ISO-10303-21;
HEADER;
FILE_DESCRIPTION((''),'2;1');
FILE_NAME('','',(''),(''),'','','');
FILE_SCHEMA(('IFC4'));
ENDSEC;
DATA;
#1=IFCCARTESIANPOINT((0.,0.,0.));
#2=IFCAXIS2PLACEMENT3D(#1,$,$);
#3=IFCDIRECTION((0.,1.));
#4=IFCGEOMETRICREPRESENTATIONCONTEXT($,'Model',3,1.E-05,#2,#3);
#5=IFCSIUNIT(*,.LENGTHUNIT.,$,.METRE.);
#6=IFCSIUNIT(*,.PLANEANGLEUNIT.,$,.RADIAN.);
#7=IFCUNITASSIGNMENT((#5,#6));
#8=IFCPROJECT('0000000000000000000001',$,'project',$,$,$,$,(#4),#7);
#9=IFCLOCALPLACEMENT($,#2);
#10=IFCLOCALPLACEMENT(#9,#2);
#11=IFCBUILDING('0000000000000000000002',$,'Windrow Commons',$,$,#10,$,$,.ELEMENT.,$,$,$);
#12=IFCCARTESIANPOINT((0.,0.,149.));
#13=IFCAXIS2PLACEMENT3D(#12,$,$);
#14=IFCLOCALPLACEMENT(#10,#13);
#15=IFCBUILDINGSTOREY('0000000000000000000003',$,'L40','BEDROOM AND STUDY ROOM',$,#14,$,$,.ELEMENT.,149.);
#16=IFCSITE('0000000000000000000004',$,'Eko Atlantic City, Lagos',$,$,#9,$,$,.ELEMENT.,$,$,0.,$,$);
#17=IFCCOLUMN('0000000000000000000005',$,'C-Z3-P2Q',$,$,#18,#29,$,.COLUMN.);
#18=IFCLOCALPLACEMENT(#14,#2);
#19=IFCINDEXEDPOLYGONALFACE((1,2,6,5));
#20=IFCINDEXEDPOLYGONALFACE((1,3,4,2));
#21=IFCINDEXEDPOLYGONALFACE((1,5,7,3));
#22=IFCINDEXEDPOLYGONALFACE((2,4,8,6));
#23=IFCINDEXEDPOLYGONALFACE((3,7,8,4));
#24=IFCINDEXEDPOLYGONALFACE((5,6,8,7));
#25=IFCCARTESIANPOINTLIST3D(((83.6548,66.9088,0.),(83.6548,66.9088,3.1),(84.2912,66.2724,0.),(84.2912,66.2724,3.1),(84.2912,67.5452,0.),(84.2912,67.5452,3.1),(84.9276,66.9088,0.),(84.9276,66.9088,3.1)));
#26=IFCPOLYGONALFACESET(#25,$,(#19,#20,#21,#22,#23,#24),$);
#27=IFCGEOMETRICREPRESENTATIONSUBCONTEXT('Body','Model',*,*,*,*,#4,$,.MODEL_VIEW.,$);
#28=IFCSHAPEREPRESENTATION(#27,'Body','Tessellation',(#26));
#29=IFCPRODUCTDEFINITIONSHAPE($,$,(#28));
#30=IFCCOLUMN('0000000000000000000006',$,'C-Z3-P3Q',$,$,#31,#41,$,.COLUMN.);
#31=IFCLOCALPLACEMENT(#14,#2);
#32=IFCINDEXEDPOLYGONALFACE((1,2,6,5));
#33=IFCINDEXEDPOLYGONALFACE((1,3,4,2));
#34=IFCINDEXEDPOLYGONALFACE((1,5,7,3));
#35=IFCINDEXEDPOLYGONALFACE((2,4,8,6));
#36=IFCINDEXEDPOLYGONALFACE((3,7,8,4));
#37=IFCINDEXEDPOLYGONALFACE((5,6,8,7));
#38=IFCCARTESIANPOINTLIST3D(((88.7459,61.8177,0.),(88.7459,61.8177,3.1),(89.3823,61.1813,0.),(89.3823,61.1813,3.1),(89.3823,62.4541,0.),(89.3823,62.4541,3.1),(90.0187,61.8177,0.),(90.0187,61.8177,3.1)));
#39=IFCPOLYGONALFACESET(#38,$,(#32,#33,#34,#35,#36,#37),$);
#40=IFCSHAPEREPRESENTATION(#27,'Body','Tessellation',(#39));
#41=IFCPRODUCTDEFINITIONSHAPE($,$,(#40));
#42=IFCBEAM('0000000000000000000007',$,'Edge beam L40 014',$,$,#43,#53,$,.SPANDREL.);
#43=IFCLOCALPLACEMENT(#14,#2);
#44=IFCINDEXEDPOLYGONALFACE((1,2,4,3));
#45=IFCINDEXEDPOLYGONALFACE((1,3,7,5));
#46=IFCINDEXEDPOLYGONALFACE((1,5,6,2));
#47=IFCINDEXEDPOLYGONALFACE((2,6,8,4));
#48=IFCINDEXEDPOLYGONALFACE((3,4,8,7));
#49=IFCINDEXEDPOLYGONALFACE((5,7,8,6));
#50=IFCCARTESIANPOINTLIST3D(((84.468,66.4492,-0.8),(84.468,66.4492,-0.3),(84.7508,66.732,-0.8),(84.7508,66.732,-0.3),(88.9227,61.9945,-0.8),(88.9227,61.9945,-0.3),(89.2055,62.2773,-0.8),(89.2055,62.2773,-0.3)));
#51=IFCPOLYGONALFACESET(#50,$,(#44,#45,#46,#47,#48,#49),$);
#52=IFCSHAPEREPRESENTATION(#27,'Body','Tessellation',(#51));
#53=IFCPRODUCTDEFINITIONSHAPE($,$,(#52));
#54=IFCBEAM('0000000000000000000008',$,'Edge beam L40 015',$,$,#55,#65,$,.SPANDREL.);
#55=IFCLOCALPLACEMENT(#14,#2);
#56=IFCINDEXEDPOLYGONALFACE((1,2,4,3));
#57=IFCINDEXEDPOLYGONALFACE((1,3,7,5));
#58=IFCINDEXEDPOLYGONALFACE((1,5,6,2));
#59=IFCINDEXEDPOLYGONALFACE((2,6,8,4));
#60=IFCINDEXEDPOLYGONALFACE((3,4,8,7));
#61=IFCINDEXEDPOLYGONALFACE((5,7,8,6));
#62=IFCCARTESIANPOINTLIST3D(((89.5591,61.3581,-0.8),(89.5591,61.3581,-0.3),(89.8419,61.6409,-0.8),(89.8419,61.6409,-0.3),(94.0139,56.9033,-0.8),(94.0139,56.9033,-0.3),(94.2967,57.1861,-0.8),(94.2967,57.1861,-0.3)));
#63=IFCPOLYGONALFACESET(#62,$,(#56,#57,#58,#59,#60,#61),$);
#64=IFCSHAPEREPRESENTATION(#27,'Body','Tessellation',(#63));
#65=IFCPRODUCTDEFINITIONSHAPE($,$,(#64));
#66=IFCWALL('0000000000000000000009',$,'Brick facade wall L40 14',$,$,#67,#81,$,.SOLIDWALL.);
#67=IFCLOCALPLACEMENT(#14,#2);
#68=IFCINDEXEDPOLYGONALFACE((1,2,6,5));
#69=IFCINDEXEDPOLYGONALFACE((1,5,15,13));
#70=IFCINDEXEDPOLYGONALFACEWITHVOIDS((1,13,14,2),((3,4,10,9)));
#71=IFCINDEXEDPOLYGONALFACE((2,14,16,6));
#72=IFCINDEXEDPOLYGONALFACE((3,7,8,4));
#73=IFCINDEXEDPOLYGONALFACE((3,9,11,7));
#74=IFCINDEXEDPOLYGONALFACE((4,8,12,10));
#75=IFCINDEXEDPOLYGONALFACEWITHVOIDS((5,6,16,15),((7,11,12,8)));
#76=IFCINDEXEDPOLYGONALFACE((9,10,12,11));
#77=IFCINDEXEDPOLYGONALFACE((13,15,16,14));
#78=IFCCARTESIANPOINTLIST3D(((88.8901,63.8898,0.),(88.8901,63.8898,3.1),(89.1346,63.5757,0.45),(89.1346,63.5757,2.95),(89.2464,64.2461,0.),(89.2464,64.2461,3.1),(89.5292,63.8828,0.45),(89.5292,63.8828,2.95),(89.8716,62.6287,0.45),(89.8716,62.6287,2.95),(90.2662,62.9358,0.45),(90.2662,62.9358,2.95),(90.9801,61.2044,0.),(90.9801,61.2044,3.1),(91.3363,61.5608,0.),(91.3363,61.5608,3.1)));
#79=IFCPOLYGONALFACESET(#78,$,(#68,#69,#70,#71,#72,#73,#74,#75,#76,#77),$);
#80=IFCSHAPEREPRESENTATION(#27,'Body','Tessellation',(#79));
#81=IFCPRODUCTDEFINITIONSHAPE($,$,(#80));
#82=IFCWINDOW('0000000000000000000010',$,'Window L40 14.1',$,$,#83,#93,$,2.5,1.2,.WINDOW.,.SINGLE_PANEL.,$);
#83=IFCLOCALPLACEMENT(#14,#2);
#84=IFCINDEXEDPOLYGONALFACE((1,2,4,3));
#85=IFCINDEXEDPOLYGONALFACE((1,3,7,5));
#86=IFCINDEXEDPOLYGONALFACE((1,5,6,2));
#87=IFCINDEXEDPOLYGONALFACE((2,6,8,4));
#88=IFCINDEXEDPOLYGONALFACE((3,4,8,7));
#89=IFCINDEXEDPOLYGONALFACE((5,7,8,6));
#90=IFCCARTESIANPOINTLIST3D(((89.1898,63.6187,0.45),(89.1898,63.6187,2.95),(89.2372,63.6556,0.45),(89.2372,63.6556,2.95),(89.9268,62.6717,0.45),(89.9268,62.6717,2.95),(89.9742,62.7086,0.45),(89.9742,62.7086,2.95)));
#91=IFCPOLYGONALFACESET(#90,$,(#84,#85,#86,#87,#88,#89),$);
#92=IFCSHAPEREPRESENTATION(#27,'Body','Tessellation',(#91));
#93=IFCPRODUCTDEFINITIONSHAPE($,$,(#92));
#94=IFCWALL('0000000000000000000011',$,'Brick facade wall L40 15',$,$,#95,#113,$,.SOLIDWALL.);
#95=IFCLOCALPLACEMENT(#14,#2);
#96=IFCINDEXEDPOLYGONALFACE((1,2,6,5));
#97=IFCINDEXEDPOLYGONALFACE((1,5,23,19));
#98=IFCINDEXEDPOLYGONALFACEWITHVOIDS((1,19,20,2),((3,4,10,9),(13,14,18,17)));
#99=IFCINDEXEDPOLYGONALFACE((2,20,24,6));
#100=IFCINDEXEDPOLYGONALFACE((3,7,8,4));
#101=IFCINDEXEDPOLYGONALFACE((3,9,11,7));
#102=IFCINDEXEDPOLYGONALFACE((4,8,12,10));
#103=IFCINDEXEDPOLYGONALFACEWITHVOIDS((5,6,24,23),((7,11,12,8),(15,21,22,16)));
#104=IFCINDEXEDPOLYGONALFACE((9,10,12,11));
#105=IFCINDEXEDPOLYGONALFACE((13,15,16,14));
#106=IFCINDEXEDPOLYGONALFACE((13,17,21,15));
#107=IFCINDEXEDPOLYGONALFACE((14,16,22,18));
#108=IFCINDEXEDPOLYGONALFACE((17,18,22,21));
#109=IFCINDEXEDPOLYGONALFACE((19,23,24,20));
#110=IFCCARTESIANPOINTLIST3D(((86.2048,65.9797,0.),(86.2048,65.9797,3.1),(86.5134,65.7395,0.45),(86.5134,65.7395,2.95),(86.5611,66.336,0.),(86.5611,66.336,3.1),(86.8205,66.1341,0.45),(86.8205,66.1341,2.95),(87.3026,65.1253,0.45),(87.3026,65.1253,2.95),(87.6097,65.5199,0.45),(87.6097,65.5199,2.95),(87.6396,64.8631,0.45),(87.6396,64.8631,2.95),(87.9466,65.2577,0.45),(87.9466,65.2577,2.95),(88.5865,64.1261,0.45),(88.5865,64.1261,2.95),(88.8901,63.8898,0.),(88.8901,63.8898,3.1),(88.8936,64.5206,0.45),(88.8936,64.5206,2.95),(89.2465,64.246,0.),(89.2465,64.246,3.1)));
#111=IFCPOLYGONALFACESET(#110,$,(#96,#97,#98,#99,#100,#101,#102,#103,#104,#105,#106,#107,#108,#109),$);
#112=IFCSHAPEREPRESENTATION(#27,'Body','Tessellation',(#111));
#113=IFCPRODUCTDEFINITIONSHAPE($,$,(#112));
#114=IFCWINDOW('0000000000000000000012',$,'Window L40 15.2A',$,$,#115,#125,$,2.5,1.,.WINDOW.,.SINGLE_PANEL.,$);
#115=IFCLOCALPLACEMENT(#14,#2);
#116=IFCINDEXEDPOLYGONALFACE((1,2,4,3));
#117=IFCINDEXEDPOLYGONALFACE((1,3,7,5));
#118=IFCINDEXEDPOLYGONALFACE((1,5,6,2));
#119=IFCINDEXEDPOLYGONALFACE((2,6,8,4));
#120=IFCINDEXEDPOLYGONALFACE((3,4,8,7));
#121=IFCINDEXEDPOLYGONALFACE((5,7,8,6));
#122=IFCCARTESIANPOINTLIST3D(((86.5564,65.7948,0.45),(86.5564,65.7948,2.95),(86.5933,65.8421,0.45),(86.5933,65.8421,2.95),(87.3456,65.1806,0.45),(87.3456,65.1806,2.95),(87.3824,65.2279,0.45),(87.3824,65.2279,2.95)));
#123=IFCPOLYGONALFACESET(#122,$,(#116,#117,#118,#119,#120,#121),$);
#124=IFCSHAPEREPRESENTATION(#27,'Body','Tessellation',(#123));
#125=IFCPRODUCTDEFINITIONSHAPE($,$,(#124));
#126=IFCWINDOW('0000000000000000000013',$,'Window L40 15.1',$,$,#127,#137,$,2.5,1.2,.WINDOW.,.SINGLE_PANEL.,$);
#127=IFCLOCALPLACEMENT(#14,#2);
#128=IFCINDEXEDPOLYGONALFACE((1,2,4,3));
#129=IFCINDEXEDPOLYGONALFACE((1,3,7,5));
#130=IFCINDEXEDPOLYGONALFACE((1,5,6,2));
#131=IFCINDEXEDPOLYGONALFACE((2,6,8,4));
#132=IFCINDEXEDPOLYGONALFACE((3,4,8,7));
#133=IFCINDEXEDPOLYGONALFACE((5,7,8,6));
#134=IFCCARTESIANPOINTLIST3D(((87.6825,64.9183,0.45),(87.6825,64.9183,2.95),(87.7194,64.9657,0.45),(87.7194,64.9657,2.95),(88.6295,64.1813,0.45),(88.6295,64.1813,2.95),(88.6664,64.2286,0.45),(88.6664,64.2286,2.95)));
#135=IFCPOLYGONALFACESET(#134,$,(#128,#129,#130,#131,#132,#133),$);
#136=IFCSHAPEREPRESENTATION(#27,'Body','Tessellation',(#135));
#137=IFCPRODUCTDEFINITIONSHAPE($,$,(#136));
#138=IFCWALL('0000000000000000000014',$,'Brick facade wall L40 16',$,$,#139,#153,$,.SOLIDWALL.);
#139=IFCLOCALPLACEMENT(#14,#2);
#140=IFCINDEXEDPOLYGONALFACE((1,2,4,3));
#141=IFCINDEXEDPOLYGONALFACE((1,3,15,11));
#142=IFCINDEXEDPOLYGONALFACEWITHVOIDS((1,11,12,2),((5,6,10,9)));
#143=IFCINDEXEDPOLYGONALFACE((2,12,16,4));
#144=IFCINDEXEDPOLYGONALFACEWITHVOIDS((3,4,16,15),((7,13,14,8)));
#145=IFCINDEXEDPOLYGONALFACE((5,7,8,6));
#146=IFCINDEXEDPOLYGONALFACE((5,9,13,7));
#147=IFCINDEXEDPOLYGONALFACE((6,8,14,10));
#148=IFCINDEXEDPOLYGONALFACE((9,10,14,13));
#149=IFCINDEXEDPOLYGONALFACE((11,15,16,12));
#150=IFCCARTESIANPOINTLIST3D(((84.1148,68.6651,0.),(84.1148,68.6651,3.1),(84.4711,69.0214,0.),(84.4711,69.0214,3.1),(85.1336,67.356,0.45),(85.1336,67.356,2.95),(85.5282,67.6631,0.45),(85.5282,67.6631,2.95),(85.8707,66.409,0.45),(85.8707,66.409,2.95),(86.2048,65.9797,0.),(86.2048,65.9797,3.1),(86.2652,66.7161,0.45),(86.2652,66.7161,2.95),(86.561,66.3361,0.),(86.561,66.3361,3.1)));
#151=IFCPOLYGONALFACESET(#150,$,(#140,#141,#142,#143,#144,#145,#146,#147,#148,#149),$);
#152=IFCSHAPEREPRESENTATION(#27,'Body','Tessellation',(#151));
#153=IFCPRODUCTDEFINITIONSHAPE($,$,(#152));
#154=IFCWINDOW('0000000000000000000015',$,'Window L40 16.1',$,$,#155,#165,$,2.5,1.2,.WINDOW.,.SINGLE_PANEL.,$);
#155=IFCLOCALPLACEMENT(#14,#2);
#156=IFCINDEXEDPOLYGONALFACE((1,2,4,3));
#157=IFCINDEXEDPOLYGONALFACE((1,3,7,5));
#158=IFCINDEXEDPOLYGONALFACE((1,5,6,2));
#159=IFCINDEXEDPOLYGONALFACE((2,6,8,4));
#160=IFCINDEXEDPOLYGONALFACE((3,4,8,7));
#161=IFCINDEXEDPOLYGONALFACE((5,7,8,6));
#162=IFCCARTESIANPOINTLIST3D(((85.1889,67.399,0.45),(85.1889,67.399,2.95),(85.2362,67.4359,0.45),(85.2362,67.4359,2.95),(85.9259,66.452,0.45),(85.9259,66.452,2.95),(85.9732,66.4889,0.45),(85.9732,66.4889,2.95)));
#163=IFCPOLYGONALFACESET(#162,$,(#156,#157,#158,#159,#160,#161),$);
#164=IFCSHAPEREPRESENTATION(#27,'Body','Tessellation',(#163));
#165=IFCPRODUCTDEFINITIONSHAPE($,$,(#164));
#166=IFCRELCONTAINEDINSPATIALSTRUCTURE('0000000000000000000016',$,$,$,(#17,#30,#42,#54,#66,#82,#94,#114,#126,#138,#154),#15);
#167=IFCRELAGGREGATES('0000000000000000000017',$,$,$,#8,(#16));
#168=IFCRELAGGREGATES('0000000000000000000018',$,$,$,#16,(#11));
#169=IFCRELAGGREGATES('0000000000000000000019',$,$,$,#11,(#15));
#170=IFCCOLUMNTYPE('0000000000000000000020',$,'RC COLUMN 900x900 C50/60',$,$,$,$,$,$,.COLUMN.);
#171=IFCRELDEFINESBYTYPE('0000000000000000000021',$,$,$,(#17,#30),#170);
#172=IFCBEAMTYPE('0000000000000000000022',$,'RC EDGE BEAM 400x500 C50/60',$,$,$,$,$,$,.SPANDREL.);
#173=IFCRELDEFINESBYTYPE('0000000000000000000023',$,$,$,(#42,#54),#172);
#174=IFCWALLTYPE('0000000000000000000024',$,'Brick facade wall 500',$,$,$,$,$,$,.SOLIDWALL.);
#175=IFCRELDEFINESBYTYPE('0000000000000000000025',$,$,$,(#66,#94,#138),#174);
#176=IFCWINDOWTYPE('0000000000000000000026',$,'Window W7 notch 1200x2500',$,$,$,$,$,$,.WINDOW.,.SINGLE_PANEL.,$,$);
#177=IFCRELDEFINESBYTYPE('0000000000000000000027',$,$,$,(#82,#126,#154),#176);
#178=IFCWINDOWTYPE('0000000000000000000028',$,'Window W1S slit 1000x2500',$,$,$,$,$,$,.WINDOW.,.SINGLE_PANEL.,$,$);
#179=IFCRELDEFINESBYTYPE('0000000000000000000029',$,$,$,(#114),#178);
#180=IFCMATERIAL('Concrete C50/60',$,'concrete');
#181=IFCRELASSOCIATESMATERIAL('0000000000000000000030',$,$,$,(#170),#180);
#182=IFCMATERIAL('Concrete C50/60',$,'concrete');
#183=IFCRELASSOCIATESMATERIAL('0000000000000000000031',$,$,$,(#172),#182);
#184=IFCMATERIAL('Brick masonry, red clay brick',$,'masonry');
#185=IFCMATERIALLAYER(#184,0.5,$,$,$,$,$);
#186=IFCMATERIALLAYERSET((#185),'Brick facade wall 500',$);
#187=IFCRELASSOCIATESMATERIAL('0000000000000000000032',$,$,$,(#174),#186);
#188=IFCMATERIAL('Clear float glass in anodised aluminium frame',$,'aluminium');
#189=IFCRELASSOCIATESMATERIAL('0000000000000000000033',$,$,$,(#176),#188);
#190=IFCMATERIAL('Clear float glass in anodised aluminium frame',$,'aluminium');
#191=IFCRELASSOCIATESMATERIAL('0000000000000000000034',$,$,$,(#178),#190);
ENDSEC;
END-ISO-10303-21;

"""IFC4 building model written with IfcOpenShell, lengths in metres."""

from ifc_helpers import new_model, si_unit, direction, frame, frame_2d, origin, origin_2d, place, context, subcontext, project, spatial, polyline, rectangle, outline, extrude, material, layer, layer_set, material_profile, profile_set, type_object, element, fill, save


model = new_model("IFC4")

# Units and contexts
model_context = context("Model", 3, precision=1e-05, world=origin(), true_north=direction((0.0, 1.0)))
body_context = subcontext(model_context, "Body", "Model", "MODEL_VIEW")
ifc_project = project(units=[si_unit("LENGTHUNIT", "METRE"), si_unit("PLANEANGLEUNIT", "RADIAN")], contexts=[model_context])

# Site, building, storey
site_placement = place(None, origin())
site = spatial("IfcSite", under=ifc_project, at=site_placement, Name="Eko Atlantic City, Lagos", CompositionType="ELEMENT", RefElevation=0.0)
building_placement = place(site_placement, origin())
building = spatial("IfcBuilding", under=site, at=building_placement, Name="Windrow Commons", CompositionType="ELEMENT")
storey_placement = place(building_placement, frame((0.0, 0.0, 149.0)))
storey = spatial("IfcBuildingStorey", under=building, at=storey_placement, Name="L40", Description="BEDROOM AND STUDY ROOM", CompositionType="ELEMENT", Elevation=149.0)

# Columns
ifc_material_1 = material(Name="Concrete C50/60", Category="concrete")
ifc_material_profile_1 = material_profile(ifc_material_1, rectangle(XDim=0.9, YDim=0.9, at=origin_2d()))
ifc_profile_set_1 = profile_set([ifc_material_profile_1], Name="Concrete C50/60")
column_type = type_object("IfcColumnType", Name="RC COLUMN 900x900 C50/60", PredefinedType="COLUMN", material=ifc_profile_set_1)
for number, where, z_axis, x_axis, name in (
    (1, (84.2912, 66.9088, 0.0), (0.0, 0.0, 1.0), (0.707107, -0.707107, 0.0), "C-Z3-P2Q"),
    (2, (89.3823, 61.8177, 0.0), (0.0, 0.0, 1.0), (0.707107, -0.707107, 0.0), "C-Z3-P3Q"),
):
    element("IfcColumn", number, at=place(storey_placement, frame(where, z_axis=z_axis, x_axis=x_axis)), inside=storey, type_object=column_type, Name=name, PredefinedType="COLUMN", context=body_context, shape_type="SweptSolid", body=[
        extrude(rectangle(XDim=0.9, YDim=0.9, at=origin_2d()), origin(), (0.0, 0.0, 1.0), 3.1),
    ])

# Beams
ifc_material_2 = material(Name="Concrete C50/60", Category="concrete")
ifc_material_profile_2 = material_profile(ifc_material_2, rectangle(XDim=0.4, YDim=0.5, at=origin_2d()))
ifc_profile_set_2 = profile_set([ifc_material_profile_2], Name="Concrete C50/60")
beam_type = type_object("IfcBeamType", Name="RC EDGE BEAM 400x500 C50/60", PredefinedType="SPANDREL", material=ifc_profile_set_2)
beam_1_placement = place(storey_placement, frame((84.6094, 66.5906, -0.55), z_axis=(0.707107, -0.707107, 0.0), x_axis=(0.707107, 0.707107, 0.0)))
element("IfcBeam", 3, at=beam_1_placement, inside=storey, type_object=beam_type, Name="Edge beam L40 014", PredefinedType="SPANDREL", context=body_context, shape_type="SweptSolid", body=[
    extrude(rectangle(XDim=0.4, YDim=0.5, at=origin_2d()), origin(), (0.0, 0.0, 1.0), 6.2999),
])
beam_2_placement = place(storey_placement, frame((89.7005, 61.4995, -0.55), z_axis=(0.707107, -0.707107, 0.0), x_axis=(0.707107, 0.707107, 0.0)))
element("IfcBeam", 4, at=beam_2_placement, inside=storey, type_object=beam_type, Name="Edge beam L40 015", PredefinedType="SPANDREL", context=body_context, shape_type="SweptSolid", body=[
    extrude(rectangle(XDim=0.4, YDim=0.5, at=origin_2d()), origin(), (0.0, 0.0, 1.0), 6.3),
])

# Wall, opening, window
ifc_material_3 = material(Name="Brick masonry, red clay brick", Category="masonry")
ifc_layer_1 = layer(ifc_material_3, 0.5)
ifc_layer_set_1 = layer_set([ifc_layer_1], Name="Brick facade wall 500")
wall_type_1 = type_object("IfcWallType", Name="Brick facade wall 500", PredefinedType="SOLIDWALL", material=ifc_layer_set_1)
wall_1_placement = place(storey_placement, frame((91.1582, 61.3826, 0.0), z_axis=(0.0, 0.0, 1.0), x_axis=(-0.614185, 0.789162, 0.0)))
wall_1 = element("IfcWall", 5, at=wall_1_placement, inside=storey, type_object=wall_type_1, Name="Brick facade wall L40 14", PredefinedType="SOLIDWALL", context=body_context, shape_type="SweptSolid", body=[
    extrude(outline(polyline([(0.0312, -0.25), (3.434, -0.25), (3.3716, 0.25), (-0.0312, 0.25), (0.0312, -0.25)])), origin(), (0.0, 0.0, 1.0), 3.1),
])
opening_1_placement = place(wall_1_placement, frame((1.7736, 0.0, 0.45)))
opening_1 = element("IfcOpeningElement", 6, at=opening_1_placement, cuts=wall_1, PredefinedType="OPENING", context=body_context, shape_type="SweptSolid", body=[
    extrude(rectangle(XDim=1.2, YDim=2.5, at=frame_2d((0.6, 1.25))), frame((0.0, 0.26, 0.0), z_axis=(0.0, -1.0, 0.0), x_axis=(1.0, 0.0, 0.0)), (0.0, 0.0, 1.0), 0.52),
])
ifc_material_4 = material(Name="Clear float glass in anodised aluminium frame", Category="aluminium")
window_type_1 = type_object("IfcWindowType", Name="Window W7 notch 1200x2500", PartitioningType="SINGLE_PANEL", PredefinedType="WINDOW", material=ifc_material_4)
window_1_placement = place(opening_1_placement, origin())
window_1 = element("IfcWindow", 7, at=window_1_placement, inside=storey, type_object=window_type_1, Name="Window L40 14.1", OverallHeight=2.5, OverallWidth=1.2, PartitioningType="SINGLE_PANEL", PredefinedType="WINDOW", context=body_context, shape_type="SweptSolid", body=[
    extrude(rectangle(XDim=1.2, YDim=2.5, at=frame_2d((0.6, 1.25))), frame((0.0, 0.18, 0.0), z_axis=(0.0, -1.0, 0.0), x_axis=(1.0, 0.0, 0.0)), (0.0, 0.0, 1.0), 0.06),
])
fill(opening_1, window_1)

# Wall, openings, windows
wall_2_placement = place(storey_placement, frame((89.0683, 64.0679, 0.0), z_axis=(0.0, 0.0, 1.0), x_axis=(-0.789159, 0.614189, 0.0)))
wall_2 = element("IfcWall", 8, at=wall_2_placement, inside=storey, type_object=wall_type_1, Name="Brick facade wall L40 15", PredefinedType="SOLIDWALL", context=body_context, shape_type="SweptSolid", body=[
    extrude(outline(polyline([(-0.0312, -0.25), (3.3716, -0.25), (3.434, 0.25), (0.0312, 0.25), (-0.0312, -0.25)])), origin(), (0.0, 0.0, 1.0), 3.1),
])
opening_2_placement = place(wall_2_placement, frame((0.4159, 0.0, 0.45)))
opening_2 = element("IfcOpeningElement", 9, at=opening_2_placement, cuts=wall_2, PredefinedType="OPENING", context=body_context, shape_type="SweptSolid", body=[
    extrude(rectangle(XDim=1.2, YDim=2.5, at=frame_2d((0.6, 1.25))), frame((0.0, 0.26, 0.0), z_axis=(0.0, -1.0, 0.0), x_axis=(1.0, 0.0, 0.0)), (0.0, 0.0, 1.0), 0.52),
])
opening_3_placement = place(wall_2_placement, frame((2.0429, 0.0, 0.45)))
opening_3 = element("IfcOpeningElement", 10, at=opening_3_placement, cuts=wall_2, PredefinedType="OPENING", context=body_context, shape_type="SweptSolid", body=[
    extrude(rectangle(XDim=1.0, YDim=2.5, at=frame_2d((0.5, 1.25))), frame((0.0, 0.26, 0.0), z_axis=(0.0, -1.0, 0.0), x_axis=(1.0, 0.0, 0.0)), (0.0, 0.0, 1.0), 0.52),
])
ifc_material_5 = material(Name="Clear float glass in anodised aluminium frame", Category="aluminium")
window_type_2 = type_object("IfcWindowType", Name="Window W1S slit 1000x2500", PartitioningType="SINGLE_PANEL", PredefinedType="WINDOW", material=ifc_material_5)
window_2_placement = place(opening_3_placement, origin())
window_2 = element("IfcWindow", 11, at=window_2_placement, inside=storey, type_object=window_type_2, Name="Window L40 15.2A", OverallHeight=2.5, OverallWidth=1.0, PartitioningType="SINGLE_PANEL", PredefinedType="WINDOW", context=body_context, shape_type="SweptSolid", body=[
    extrude(rectangle(XDim=1.0, YDim=2.5, at=frame_2d((0.5, 1.25))), frame((0.0, 0.18, 0.0), z_axis=(0.0, -1.0, 0.0), x_axis=(1.0, 0.0, 0.0)), (0.0, 0.0, 1.0), 0.06),
])
fill(opening_3, window_2)
window_3_placement = place(opening_2_placement, origin())
window_3 = element("IfcWindow", 12, at=window_3_placement, inside=storey, type_object=window_type_1, Name="Window L40 15.1", OverallHeight=2.5, OverallWidth=1.2, PartitioningType="SINGLE_PANEL", PredefinedType="WINDOW", context=body_context, shape_type="SweptSolid", body=[
    extrude(rectangle(XDim=1.2, YDim=2.5, at=frame_2d((0.6, 1.25))), frame((0.0, 0.18, 0.0), z_axis=(0.0, -1.0, 0.0), x_axis=(1.0, 0.0, 0.0)), (0.0, 0.0, 1.0), 0.06),
])
fill(opening_2, window_3)

# Wall, opening, window
wall_3_placement = place(storey_placement, frame((86.3829, 66.1579, 0.0), z_axis=(0.0, 0.0, 1.0), x_axis=(-0.614189, 0.789159, 0.0)))
wall_3 = element("IfcWall", 13, at=wall_3_placement, inside=storey, type_object=wall_type_1, Name="Brick facade wall L40 16", PredefinedType="SOLIDWALL", context=body_context, shape_type="SweptSolid", body=[
    extrude(outline(polyline([(0.0312, -0.25), (3.434, -0.25), (3.3716, 0.25), (-0.0312, 0.25), (0.0312, -0.25)])), origin(), (0.0, 0.0, 1.0), 3.1),
])
opening_4_placement = place(wall_3_placement, frame((0.5128, 0.0, 0.45)))
opening_4 = element("IfcOpeningElement", 14, at=opening_4_placement, cuts=wall_3, PredefinedType="OPENING", context=body_context, shape_type="SweptSolid", body=[
    extrude(rectangle(XDim=1.2, YDim=2.5, at=frame_2d((0.6, 1.25))), frame((0.0, 0.26, 0.0), z_axis=(0.0, -1.0, 0.0), x_axis=(1.0, 0.0, 0.0)), (0.0, 0.0, 1.0), 0.52),
])
window_4_placement = place(opening_4_placement, origin())
window_4 = element("IfcWindow", 15, at=window_4_placement, inside=storey, type_object=window_type_1, Name="Window L40 16.1", OverallHeight=2.5, OverallWidth=1.2, PartitioningType="SINGLE_PANEL", PredefinedType="WINDOW", context=body_context, shape_type="SweptSolid", body=[
    extrude(rectangle(XDim=1.2, YDim=2.5, at=frame_2d((0.6, 1.25))), frame((0.0, 0.18, 0.0), z_axis=(0.0, -1.0, 0.0), x_axis=(1.0, 0.0, 0.0)), (0.0, 0.0, 1.0), 0.06),
])
fill(opening_4, window_4)

save(model, "model.ifc")
